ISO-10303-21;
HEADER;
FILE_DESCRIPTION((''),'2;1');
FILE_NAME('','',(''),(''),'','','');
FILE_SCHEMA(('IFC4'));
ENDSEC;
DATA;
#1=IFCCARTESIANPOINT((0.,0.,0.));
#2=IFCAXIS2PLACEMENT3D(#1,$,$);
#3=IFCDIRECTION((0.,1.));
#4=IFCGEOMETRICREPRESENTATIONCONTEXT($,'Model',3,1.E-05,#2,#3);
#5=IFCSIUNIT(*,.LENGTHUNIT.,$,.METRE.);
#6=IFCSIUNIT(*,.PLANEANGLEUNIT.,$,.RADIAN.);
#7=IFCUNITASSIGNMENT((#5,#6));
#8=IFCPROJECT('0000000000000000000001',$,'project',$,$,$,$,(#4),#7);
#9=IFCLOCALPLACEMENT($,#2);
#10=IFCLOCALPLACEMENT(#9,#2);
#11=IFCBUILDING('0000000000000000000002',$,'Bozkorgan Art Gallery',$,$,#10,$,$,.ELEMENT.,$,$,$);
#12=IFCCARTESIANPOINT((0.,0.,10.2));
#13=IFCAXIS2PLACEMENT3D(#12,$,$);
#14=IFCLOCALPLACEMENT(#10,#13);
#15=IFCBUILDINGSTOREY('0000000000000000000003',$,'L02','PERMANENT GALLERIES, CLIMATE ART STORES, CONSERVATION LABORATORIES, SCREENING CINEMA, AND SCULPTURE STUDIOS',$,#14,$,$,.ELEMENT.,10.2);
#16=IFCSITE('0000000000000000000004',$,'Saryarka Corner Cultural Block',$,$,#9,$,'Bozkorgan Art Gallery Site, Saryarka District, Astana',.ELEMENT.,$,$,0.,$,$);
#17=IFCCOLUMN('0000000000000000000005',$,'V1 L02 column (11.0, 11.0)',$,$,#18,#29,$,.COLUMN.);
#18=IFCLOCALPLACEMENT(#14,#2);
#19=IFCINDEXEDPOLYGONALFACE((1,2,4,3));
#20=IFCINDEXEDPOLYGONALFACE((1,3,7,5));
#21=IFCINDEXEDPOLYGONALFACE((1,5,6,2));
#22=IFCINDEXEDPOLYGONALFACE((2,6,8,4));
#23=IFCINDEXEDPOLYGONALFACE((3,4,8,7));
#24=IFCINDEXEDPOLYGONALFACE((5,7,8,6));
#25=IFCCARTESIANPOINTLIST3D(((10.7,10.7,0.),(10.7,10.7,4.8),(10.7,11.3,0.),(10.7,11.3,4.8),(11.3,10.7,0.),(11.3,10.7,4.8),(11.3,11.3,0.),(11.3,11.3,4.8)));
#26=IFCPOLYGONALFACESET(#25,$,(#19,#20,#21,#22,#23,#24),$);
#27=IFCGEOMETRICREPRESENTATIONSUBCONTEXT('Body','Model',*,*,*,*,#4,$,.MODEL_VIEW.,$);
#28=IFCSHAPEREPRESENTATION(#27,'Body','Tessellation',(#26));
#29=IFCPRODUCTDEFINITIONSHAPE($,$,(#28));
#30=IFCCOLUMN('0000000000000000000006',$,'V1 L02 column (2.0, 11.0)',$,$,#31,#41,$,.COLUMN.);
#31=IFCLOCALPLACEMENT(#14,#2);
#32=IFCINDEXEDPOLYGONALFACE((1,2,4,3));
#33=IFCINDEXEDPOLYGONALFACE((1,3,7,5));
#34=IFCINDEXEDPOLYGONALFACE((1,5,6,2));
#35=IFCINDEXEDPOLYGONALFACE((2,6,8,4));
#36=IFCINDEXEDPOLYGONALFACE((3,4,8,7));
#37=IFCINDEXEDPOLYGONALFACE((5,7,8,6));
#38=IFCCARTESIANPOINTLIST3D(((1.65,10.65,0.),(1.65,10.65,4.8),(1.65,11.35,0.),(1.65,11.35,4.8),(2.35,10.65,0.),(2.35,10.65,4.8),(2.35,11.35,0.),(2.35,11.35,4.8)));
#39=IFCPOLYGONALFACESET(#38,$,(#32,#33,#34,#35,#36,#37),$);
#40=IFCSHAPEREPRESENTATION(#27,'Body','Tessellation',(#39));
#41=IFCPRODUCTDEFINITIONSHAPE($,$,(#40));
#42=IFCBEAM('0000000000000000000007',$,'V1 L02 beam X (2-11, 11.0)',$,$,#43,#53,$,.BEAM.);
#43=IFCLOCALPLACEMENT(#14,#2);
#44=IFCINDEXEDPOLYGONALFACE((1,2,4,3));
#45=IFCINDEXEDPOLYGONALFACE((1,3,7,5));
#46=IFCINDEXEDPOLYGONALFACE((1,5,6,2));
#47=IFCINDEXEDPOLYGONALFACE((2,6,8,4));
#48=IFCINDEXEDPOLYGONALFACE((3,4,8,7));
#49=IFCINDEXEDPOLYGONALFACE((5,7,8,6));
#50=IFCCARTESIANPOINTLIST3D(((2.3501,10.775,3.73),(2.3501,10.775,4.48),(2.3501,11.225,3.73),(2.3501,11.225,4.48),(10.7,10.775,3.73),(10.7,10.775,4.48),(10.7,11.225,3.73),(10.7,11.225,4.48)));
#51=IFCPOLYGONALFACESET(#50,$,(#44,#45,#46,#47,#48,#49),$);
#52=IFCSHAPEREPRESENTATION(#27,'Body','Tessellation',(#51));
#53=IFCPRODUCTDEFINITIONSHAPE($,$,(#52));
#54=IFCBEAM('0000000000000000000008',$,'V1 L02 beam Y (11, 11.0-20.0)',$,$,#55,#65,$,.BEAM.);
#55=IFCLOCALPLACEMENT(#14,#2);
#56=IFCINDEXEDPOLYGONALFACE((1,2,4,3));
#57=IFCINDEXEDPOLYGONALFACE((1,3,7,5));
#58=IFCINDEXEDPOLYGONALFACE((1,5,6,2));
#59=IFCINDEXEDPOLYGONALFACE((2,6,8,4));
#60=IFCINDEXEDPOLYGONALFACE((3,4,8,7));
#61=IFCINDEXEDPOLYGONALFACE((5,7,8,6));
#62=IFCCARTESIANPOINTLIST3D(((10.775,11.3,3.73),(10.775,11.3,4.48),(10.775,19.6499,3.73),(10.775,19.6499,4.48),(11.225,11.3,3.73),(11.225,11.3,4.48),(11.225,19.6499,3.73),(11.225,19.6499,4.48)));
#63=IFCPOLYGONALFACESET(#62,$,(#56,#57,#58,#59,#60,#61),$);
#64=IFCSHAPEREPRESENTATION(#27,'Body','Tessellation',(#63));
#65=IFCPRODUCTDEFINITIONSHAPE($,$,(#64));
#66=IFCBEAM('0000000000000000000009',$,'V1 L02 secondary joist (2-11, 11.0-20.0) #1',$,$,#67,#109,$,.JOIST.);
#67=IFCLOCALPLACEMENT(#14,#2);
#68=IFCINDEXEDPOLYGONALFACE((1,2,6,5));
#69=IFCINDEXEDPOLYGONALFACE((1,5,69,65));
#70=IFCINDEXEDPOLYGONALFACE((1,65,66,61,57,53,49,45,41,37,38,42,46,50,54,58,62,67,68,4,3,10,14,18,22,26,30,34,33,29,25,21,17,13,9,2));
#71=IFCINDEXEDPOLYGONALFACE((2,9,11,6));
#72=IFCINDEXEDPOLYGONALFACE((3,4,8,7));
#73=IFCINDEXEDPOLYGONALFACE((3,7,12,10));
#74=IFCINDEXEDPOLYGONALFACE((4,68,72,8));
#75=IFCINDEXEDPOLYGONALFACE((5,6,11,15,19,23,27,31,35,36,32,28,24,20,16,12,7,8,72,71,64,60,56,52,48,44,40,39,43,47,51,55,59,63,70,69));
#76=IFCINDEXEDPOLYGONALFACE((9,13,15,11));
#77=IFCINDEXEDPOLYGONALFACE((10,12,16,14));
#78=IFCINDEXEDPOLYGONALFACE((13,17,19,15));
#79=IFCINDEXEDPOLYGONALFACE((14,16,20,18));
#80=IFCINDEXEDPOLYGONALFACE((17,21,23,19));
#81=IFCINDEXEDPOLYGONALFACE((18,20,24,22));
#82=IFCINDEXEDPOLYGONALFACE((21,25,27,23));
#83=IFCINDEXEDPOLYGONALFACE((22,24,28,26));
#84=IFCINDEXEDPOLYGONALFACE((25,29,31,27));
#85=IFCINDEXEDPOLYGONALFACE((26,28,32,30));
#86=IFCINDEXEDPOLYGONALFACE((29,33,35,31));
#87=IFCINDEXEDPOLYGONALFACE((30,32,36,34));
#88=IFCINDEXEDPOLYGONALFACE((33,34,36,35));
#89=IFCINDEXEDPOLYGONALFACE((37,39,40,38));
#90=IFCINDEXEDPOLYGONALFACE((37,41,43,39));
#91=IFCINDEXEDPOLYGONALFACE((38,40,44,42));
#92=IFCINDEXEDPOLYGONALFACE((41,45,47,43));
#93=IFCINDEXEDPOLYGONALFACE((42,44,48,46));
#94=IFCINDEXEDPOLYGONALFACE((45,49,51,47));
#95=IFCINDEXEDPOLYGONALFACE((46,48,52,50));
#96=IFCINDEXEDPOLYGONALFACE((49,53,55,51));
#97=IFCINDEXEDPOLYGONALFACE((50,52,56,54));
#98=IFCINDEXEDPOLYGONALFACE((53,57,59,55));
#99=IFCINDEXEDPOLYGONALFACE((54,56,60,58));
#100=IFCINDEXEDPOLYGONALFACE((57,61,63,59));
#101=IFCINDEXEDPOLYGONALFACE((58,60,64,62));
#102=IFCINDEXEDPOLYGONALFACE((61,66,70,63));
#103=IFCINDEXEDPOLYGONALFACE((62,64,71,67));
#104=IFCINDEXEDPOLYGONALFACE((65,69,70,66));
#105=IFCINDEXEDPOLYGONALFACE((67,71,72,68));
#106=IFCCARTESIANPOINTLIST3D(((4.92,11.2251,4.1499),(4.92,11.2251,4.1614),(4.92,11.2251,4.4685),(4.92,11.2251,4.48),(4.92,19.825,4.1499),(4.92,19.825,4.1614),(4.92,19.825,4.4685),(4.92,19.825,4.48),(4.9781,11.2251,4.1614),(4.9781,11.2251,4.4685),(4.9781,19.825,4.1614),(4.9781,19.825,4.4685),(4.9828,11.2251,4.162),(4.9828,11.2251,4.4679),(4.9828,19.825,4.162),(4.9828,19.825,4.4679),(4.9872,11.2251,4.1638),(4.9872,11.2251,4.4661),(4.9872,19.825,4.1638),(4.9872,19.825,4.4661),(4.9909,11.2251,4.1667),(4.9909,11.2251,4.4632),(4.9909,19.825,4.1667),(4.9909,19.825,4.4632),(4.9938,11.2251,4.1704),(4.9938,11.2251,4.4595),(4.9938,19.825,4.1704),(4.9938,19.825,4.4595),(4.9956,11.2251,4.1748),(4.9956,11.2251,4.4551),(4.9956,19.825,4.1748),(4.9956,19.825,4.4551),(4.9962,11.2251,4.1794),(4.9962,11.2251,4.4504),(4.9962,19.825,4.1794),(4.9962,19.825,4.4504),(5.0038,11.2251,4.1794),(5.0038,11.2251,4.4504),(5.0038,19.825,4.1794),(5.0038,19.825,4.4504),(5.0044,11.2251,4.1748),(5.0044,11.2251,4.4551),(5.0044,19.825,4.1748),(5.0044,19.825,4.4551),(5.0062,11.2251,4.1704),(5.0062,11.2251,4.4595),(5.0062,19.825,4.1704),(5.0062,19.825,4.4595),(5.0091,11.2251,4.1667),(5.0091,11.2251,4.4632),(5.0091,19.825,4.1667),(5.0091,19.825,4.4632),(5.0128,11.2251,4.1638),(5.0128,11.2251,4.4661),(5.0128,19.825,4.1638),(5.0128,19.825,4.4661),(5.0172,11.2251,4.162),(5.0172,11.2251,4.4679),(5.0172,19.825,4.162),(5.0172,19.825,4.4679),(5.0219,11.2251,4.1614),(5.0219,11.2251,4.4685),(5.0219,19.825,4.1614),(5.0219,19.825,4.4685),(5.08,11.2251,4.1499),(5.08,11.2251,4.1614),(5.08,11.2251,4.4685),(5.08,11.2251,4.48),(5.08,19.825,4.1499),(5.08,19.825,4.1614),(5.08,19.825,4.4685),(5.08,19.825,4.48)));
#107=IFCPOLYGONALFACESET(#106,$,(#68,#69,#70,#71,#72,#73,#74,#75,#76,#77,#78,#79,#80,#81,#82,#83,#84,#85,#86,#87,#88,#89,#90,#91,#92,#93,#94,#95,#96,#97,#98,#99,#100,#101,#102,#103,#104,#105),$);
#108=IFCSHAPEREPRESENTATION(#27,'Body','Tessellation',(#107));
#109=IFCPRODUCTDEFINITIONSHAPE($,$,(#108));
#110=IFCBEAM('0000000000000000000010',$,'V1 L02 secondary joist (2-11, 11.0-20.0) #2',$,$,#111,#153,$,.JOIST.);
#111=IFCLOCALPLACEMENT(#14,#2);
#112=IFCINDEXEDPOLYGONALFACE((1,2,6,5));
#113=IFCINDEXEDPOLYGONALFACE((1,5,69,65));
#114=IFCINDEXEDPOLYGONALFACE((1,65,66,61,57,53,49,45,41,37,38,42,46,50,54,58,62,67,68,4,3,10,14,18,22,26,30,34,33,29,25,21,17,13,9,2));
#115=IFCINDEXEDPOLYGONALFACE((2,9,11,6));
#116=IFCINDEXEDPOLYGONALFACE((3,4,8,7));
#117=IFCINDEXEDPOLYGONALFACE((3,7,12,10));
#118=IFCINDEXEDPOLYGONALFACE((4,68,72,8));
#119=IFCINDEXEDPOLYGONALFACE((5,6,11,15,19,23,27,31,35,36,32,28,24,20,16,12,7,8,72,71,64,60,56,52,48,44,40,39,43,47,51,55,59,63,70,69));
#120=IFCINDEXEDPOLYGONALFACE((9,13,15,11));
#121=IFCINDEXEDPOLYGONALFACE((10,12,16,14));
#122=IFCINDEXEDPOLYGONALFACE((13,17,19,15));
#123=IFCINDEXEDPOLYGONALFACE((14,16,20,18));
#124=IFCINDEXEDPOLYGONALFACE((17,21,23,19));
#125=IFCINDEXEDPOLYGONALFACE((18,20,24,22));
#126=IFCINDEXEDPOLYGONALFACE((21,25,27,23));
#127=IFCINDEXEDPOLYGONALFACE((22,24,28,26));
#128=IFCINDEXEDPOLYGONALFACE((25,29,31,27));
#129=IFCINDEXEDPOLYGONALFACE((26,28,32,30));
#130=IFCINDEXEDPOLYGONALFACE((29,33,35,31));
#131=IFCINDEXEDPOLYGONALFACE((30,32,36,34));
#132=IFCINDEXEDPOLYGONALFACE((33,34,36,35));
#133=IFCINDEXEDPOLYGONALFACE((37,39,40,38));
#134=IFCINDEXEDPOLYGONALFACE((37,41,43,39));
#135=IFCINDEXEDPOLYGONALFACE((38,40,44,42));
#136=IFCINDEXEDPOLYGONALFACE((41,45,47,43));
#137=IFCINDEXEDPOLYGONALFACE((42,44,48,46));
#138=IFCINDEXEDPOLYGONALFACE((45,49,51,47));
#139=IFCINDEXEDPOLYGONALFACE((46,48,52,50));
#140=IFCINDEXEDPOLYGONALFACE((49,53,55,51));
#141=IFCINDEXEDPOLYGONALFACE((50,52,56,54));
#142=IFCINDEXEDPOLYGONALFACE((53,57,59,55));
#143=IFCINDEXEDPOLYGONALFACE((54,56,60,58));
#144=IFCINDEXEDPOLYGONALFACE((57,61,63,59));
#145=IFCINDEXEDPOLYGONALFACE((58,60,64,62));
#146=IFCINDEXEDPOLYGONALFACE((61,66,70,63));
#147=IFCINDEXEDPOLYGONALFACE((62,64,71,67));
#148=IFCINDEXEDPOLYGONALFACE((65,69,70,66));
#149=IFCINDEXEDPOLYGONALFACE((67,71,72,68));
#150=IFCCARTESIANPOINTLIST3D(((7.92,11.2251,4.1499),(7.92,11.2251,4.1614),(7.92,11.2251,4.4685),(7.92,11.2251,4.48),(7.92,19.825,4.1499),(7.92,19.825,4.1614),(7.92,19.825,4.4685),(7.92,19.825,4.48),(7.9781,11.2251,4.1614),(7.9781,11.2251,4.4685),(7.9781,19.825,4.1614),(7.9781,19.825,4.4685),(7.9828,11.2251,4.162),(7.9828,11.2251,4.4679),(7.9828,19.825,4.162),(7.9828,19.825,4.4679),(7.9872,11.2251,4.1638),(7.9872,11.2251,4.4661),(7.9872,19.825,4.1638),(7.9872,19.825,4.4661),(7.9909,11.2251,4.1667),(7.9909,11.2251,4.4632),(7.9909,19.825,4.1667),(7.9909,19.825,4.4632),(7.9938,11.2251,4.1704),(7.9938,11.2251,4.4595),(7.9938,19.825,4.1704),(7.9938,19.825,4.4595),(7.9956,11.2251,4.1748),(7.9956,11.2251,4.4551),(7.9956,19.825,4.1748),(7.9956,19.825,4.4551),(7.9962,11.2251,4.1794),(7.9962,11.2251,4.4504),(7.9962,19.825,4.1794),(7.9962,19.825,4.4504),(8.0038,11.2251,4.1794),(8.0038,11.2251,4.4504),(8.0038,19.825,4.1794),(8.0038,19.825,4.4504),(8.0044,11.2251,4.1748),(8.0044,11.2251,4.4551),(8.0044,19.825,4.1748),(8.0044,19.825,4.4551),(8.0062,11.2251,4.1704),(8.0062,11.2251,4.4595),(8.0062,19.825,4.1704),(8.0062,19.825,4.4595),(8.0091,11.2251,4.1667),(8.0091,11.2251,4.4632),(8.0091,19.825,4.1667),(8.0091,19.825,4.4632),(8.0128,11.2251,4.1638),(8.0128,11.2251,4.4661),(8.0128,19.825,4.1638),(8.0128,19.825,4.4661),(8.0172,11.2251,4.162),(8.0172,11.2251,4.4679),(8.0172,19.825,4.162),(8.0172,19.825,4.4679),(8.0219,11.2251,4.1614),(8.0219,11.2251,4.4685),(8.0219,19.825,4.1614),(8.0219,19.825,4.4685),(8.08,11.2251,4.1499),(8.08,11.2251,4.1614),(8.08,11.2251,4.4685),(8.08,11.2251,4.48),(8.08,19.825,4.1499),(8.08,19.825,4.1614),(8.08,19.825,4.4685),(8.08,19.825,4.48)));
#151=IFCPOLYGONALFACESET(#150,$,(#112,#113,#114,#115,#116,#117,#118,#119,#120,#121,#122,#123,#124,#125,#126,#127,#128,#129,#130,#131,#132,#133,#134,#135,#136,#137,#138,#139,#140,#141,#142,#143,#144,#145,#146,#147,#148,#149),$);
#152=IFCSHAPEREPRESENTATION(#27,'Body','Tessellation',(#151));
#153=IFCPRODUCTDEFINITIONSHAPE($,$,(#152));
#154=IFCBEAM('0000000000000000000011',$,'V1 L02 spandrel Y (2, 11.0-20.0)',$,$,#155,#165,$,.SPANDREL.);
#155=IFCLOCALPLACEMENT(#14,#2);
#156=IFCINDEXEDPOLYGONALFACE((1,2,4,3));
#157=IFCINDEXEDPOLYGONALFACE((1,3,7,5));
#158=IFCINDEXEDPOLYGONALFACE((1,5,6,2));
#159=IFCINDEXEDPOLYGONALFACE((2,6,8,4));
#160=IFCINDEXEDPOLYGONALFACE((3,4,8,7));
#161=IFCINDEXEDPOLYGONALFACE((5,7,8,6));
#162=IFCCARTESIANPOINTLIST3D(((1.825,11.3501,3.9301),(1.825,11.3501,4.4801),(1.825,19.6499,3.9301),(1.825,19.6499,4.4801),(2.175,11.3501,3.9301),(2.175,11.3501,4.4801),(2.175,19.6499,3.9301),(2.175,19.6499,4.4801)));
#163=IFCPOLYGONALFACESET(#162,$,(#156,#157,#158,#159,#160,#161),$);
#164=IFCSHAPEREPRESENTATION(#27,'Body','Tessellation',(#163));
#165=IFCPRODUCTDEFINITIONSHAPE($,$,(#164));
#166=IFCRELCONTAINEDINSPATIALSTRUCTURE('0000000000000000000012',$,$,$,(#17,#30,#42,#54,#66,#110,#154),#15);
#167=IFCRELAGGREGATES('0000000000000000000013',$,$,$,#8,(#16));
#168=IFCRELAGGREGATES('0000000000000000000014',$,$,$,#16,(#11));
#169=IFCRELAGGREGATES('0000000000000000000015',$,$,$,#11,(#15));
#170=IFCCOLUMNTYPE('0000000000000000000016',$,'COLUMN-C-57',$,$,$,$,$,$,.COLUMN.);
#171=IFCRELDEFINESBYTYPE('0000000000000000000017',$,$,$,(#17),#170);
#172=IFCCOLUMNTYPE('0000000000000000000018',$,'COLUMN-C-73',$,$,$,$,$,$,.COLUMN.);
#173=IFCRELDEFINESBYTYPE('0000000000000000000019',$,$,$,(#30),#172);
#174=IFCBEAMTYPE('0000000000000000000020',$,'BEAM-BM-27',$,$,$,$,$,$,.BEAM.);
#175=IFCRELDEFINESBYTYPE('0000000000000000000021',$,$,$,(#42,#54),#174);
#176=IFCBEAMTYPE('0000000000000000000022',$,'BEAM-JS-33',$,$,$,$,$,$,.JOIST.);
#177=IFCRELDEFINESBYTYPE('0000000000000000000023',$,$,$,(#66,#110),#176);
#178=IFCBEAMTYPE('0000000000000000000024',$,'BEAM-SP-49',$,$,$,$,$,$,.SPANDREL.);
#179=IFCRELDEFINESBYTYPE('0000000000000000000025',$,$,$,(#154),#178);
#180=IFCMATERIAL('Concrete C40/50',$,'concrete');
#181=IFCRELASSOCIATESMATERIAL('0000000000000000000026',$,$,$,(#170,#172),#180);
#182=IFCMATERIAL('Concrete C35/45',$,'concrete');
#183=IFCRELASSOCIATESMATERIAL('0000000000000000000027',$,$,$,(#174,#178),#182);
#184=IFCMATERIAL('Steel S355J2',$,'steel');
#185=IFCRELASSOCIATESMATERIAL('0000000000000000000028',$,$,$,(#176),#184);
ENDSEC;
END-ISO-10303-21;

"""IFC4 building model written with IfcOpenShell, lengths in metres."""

from ifc_helpers import new_model, si_unit, direction, frame, origin, origin_2d, place, context, subcontext, project, spatial, rectangle, i_section, extrude, material, material_profile, profile_set, type_object, element, save


model = new_model("IFC4")

# Units and contexts
model_context = context("Model", 3, precision=1e-05, world=origin(), true_north=direction((0.0, 1.0)))
body_context = subcontext(model_context, "Body", "Model", "MODEL_VIEW")
ifc_project = project(units=[si_unit("LENGTHUNIT", "METRE"), si_unit("PLANEANGLEUNIT", "RADIAN")], contexts=[model_context])

# Site, building, storey
site_placement = place(None, origin())
site = spatial("IfcSite", under=ifc_project, at=site_placement, Name="Saryarka Corner Cultural Block", LongName="Bozkorgan Art Gallery Site, Saryarka District, Astana", CompositionType="ELEMENT", RefElevation=0.0)
building_placement = place(site_placement, origin())
building = spatial("IfcBuilding", under=site, at=building_placement, Name="Bozkorgan Art Gallery", CompositionType="ELEMENT")
storey_placement = place(building_placement, frame((0.0, 0.0, 10.2)))
storey = spatial("IfcBuildingStorey", under=building, at=storey_placement, Name="L02", Description="PERMANENT GALLERIES, CLIMATE ART STORES, CONSERVATION LABORATORIES, SCREENING CINEMA, AND SCULPTURE STUDIOS", CompositionType="ELEMENT", Elevation=10.2)

# Columns
ifc_material_1 = material(Name="Concrete C40/50", Category="concrete")
ifc_material_profile_1 = material_profile(ifc_material_1, rectangle(XDim=0.6001, YDim=0.6001, at=origin_2d()), Name="RC 600x600")
ifc_profile_set_1 = profile_set([ifc_material_profile_1], Name="Concrete C40/50")
column_type_1 = type_object("IfcColumnType", Name="COLUMN-C-57", PredefinedType="COLUMN", material=ifc_profile_set_1)
column_1_placement = place(storey_placement, frame((11.0, 11.0, 0.0), z_axis=(0.0, 0.0, 1.0), x_axis=(1.0, 0.0, 0.0)))
element("IfcColumn", 1, at=column_1_placement, inside=storey, type_object=column_type_1, Name="V1 L02 column (11.0, 11.0)", PredefinedType="COLUMN", context=body_context, shape_type="SweptSolid", body=[
    extrude(rectangle(XDim=0.6001, YDim=0.6001, at=origin_2d()), origin(), (0.0, 0.0, 1.0), 4.8),
])
ifc_material_profile_2 = material_profile(ifc_material_1, rectangle(XDim=0.7, YDim=0.7, at=origin_2d()), Name="RC 700x700")
ifc_profile_set_2 = profile_set([ifc_material_profile_2], Name="Concrete C40/50")
column_type_2 = type_object("IfcColumnType", Name="COLUMN-C-73", PredefinedType="COLUMN", material=ifc_profile_set_2)
column_2_placement = place(storey_placement, frame((2.0, 11.0, 0.0), z_axis=(0.0, 0.0, 1.0), x_axis=(1.0, 0.0, 0.0)))
element("IfcColumn", 2, at=column_2_placement, inside=storey, type_object=column_type_2, Name="V1 L02 column (2.0, 11.0)", PredefinedType="COLUMN", context=body_context, shape_type="SweptSolid", body=[
    extrude(rectangle(XDim=0.7, YDim=0.7, at=origin_2d()), origin(), (0.0, 0.0, 1.0), 4.8),
])

# Beams
ifc_material_2 = material(Name="Concrete C35/45", Category="concrete")
ifc_material_profile_3 = material_profile(ifc_material_2, rectangle(XDim=0.45, YDim=0.75, at=origin_2d()), Name="RC 450x750")
ifc_profile_set_3 = profile_set([ifc_material_profile_3], Name="Concrete C35/45")
beam_type_1 = type_object("IfcBeamType", Name="BEAM-BM-27", PredefinedType="BEAM", material=ifc_profile_set_3)
for number, where, z_axis, x_axis, name in (
    (3, (2.3501, 11.0, 4.105), (1.0, 0.0, 0.0), (0.0, 1.0, 0.0), "V1 L02 beam X (2-11, 11.0)"),
    (4, (11.0, 11.3, 4.105), (0.0, 1.0, 0.0), (-1.0, 0.0, 0.0), "V1 L02 beam Y (11, 11.0-20.0)"),
):
    element("IfcBeam", number, at=place(storey_placement, frame(where, z_axis=z_axis, x_axis=x_axis)), inside=storey, type_object=beam_type_1, Name=name, PredefinedType="BEAM", context=body_context, shape_type="SweptSolid", body=[
        extrude(rectangle(XDim=0.45, YDim=0.75, at=origin_2d()), origin(), (0.0, 0.0, 1.0), 8.3499),
    ])
ifc_material_3 = material(Name="Steel S355J2", Category="steel")
ifc_material_profile_4 = material_profile(ifc_material_3, i_section(OverallWidth=0.1599, OverallDepth=0.3301, WebThickness=0.0076, FlangeThickness=0.0115, FilletRadius=0.0181, at=origin_2d()), Name="IPE 330")
ifc_profile_set_4 = profile_set([ifc_material_profile_4], Name="Steel S355J2")
beam_type_2 = type_object("IfcBeamType", Name="BEAM-JS-33", PredefinedType="JOIST", material=ifc_profile_set_4)
for number, where, z_axis, x_axis, name in (
    (5, (5.0, 11.2251, 4.3149), (0.0, 1.0, 0.0), (-1.0, 0.0, 0.0), "V1 L02 secondary joist (2-11, 11.0-20.0) #1"),
    (6, (8.0, 11.2251, 4.3149), (0.0, 1.0, 0.0), (-1.0, 0.0, 0.0), "V1 L02 secondary joist (2-11, 11.0-20.0) #2"),
):
    element("IfcBeam", number, at=place(storey_placement, frame(where, z_axis=z_axis, x_axis=x_axis)), inside=storey, type_object=beam_type_2, Name=name, PredefinedType="JOIST", context=body_context, shape_type="SweptSolid", body=[
        extrude(i_section(OverallWidth=0.1599, OverallDepth=0.3301, WebThickness=0.0076, FlangeThickness=0.0115, FilletRadius=0.0181, at=origin_2d()), origin(), (0.0, 0.0, 1.0), 8.5999),
    ])
ifc_material_profile_5 = material_profile(ifc_material_2, rectangle(XDim=0.3501, YDim=0.55, at=origin_2d()), Name="RC 350x550")
ifc_profile_set_5 = profile_set([ifc_material_profile_5], Name="Concrete C35/45")
beam_type_3 = type_object("IfcBeamType", Name="BEAM-SP-49", PredefinedType="SPANDREL", material=ifc_profile_set_5)
beam_placement = place(storey_placement, frame((2.0, 11.3501, 4.2051), z_axis=(0.0, 1.0, 0.0), x_axis=(-1.0, 0.0, 0.0)))
element("IfcBeam", 7, at=beam_placement, inside=storey, type_object=beam_type_3, Name="V1 L02 spandrel Y (2, 11.0-20.0)", PredefinedType="SPANDREL", context=body_context, shape_type="SweptSolid", body=[
    extrude(rectangle(XDim=0.3501, YDim=0.55, at=origin_2d()), origin(), (0.0, 0.0, 1.0), 8.2998),
])

save(model, "model.ifc")
